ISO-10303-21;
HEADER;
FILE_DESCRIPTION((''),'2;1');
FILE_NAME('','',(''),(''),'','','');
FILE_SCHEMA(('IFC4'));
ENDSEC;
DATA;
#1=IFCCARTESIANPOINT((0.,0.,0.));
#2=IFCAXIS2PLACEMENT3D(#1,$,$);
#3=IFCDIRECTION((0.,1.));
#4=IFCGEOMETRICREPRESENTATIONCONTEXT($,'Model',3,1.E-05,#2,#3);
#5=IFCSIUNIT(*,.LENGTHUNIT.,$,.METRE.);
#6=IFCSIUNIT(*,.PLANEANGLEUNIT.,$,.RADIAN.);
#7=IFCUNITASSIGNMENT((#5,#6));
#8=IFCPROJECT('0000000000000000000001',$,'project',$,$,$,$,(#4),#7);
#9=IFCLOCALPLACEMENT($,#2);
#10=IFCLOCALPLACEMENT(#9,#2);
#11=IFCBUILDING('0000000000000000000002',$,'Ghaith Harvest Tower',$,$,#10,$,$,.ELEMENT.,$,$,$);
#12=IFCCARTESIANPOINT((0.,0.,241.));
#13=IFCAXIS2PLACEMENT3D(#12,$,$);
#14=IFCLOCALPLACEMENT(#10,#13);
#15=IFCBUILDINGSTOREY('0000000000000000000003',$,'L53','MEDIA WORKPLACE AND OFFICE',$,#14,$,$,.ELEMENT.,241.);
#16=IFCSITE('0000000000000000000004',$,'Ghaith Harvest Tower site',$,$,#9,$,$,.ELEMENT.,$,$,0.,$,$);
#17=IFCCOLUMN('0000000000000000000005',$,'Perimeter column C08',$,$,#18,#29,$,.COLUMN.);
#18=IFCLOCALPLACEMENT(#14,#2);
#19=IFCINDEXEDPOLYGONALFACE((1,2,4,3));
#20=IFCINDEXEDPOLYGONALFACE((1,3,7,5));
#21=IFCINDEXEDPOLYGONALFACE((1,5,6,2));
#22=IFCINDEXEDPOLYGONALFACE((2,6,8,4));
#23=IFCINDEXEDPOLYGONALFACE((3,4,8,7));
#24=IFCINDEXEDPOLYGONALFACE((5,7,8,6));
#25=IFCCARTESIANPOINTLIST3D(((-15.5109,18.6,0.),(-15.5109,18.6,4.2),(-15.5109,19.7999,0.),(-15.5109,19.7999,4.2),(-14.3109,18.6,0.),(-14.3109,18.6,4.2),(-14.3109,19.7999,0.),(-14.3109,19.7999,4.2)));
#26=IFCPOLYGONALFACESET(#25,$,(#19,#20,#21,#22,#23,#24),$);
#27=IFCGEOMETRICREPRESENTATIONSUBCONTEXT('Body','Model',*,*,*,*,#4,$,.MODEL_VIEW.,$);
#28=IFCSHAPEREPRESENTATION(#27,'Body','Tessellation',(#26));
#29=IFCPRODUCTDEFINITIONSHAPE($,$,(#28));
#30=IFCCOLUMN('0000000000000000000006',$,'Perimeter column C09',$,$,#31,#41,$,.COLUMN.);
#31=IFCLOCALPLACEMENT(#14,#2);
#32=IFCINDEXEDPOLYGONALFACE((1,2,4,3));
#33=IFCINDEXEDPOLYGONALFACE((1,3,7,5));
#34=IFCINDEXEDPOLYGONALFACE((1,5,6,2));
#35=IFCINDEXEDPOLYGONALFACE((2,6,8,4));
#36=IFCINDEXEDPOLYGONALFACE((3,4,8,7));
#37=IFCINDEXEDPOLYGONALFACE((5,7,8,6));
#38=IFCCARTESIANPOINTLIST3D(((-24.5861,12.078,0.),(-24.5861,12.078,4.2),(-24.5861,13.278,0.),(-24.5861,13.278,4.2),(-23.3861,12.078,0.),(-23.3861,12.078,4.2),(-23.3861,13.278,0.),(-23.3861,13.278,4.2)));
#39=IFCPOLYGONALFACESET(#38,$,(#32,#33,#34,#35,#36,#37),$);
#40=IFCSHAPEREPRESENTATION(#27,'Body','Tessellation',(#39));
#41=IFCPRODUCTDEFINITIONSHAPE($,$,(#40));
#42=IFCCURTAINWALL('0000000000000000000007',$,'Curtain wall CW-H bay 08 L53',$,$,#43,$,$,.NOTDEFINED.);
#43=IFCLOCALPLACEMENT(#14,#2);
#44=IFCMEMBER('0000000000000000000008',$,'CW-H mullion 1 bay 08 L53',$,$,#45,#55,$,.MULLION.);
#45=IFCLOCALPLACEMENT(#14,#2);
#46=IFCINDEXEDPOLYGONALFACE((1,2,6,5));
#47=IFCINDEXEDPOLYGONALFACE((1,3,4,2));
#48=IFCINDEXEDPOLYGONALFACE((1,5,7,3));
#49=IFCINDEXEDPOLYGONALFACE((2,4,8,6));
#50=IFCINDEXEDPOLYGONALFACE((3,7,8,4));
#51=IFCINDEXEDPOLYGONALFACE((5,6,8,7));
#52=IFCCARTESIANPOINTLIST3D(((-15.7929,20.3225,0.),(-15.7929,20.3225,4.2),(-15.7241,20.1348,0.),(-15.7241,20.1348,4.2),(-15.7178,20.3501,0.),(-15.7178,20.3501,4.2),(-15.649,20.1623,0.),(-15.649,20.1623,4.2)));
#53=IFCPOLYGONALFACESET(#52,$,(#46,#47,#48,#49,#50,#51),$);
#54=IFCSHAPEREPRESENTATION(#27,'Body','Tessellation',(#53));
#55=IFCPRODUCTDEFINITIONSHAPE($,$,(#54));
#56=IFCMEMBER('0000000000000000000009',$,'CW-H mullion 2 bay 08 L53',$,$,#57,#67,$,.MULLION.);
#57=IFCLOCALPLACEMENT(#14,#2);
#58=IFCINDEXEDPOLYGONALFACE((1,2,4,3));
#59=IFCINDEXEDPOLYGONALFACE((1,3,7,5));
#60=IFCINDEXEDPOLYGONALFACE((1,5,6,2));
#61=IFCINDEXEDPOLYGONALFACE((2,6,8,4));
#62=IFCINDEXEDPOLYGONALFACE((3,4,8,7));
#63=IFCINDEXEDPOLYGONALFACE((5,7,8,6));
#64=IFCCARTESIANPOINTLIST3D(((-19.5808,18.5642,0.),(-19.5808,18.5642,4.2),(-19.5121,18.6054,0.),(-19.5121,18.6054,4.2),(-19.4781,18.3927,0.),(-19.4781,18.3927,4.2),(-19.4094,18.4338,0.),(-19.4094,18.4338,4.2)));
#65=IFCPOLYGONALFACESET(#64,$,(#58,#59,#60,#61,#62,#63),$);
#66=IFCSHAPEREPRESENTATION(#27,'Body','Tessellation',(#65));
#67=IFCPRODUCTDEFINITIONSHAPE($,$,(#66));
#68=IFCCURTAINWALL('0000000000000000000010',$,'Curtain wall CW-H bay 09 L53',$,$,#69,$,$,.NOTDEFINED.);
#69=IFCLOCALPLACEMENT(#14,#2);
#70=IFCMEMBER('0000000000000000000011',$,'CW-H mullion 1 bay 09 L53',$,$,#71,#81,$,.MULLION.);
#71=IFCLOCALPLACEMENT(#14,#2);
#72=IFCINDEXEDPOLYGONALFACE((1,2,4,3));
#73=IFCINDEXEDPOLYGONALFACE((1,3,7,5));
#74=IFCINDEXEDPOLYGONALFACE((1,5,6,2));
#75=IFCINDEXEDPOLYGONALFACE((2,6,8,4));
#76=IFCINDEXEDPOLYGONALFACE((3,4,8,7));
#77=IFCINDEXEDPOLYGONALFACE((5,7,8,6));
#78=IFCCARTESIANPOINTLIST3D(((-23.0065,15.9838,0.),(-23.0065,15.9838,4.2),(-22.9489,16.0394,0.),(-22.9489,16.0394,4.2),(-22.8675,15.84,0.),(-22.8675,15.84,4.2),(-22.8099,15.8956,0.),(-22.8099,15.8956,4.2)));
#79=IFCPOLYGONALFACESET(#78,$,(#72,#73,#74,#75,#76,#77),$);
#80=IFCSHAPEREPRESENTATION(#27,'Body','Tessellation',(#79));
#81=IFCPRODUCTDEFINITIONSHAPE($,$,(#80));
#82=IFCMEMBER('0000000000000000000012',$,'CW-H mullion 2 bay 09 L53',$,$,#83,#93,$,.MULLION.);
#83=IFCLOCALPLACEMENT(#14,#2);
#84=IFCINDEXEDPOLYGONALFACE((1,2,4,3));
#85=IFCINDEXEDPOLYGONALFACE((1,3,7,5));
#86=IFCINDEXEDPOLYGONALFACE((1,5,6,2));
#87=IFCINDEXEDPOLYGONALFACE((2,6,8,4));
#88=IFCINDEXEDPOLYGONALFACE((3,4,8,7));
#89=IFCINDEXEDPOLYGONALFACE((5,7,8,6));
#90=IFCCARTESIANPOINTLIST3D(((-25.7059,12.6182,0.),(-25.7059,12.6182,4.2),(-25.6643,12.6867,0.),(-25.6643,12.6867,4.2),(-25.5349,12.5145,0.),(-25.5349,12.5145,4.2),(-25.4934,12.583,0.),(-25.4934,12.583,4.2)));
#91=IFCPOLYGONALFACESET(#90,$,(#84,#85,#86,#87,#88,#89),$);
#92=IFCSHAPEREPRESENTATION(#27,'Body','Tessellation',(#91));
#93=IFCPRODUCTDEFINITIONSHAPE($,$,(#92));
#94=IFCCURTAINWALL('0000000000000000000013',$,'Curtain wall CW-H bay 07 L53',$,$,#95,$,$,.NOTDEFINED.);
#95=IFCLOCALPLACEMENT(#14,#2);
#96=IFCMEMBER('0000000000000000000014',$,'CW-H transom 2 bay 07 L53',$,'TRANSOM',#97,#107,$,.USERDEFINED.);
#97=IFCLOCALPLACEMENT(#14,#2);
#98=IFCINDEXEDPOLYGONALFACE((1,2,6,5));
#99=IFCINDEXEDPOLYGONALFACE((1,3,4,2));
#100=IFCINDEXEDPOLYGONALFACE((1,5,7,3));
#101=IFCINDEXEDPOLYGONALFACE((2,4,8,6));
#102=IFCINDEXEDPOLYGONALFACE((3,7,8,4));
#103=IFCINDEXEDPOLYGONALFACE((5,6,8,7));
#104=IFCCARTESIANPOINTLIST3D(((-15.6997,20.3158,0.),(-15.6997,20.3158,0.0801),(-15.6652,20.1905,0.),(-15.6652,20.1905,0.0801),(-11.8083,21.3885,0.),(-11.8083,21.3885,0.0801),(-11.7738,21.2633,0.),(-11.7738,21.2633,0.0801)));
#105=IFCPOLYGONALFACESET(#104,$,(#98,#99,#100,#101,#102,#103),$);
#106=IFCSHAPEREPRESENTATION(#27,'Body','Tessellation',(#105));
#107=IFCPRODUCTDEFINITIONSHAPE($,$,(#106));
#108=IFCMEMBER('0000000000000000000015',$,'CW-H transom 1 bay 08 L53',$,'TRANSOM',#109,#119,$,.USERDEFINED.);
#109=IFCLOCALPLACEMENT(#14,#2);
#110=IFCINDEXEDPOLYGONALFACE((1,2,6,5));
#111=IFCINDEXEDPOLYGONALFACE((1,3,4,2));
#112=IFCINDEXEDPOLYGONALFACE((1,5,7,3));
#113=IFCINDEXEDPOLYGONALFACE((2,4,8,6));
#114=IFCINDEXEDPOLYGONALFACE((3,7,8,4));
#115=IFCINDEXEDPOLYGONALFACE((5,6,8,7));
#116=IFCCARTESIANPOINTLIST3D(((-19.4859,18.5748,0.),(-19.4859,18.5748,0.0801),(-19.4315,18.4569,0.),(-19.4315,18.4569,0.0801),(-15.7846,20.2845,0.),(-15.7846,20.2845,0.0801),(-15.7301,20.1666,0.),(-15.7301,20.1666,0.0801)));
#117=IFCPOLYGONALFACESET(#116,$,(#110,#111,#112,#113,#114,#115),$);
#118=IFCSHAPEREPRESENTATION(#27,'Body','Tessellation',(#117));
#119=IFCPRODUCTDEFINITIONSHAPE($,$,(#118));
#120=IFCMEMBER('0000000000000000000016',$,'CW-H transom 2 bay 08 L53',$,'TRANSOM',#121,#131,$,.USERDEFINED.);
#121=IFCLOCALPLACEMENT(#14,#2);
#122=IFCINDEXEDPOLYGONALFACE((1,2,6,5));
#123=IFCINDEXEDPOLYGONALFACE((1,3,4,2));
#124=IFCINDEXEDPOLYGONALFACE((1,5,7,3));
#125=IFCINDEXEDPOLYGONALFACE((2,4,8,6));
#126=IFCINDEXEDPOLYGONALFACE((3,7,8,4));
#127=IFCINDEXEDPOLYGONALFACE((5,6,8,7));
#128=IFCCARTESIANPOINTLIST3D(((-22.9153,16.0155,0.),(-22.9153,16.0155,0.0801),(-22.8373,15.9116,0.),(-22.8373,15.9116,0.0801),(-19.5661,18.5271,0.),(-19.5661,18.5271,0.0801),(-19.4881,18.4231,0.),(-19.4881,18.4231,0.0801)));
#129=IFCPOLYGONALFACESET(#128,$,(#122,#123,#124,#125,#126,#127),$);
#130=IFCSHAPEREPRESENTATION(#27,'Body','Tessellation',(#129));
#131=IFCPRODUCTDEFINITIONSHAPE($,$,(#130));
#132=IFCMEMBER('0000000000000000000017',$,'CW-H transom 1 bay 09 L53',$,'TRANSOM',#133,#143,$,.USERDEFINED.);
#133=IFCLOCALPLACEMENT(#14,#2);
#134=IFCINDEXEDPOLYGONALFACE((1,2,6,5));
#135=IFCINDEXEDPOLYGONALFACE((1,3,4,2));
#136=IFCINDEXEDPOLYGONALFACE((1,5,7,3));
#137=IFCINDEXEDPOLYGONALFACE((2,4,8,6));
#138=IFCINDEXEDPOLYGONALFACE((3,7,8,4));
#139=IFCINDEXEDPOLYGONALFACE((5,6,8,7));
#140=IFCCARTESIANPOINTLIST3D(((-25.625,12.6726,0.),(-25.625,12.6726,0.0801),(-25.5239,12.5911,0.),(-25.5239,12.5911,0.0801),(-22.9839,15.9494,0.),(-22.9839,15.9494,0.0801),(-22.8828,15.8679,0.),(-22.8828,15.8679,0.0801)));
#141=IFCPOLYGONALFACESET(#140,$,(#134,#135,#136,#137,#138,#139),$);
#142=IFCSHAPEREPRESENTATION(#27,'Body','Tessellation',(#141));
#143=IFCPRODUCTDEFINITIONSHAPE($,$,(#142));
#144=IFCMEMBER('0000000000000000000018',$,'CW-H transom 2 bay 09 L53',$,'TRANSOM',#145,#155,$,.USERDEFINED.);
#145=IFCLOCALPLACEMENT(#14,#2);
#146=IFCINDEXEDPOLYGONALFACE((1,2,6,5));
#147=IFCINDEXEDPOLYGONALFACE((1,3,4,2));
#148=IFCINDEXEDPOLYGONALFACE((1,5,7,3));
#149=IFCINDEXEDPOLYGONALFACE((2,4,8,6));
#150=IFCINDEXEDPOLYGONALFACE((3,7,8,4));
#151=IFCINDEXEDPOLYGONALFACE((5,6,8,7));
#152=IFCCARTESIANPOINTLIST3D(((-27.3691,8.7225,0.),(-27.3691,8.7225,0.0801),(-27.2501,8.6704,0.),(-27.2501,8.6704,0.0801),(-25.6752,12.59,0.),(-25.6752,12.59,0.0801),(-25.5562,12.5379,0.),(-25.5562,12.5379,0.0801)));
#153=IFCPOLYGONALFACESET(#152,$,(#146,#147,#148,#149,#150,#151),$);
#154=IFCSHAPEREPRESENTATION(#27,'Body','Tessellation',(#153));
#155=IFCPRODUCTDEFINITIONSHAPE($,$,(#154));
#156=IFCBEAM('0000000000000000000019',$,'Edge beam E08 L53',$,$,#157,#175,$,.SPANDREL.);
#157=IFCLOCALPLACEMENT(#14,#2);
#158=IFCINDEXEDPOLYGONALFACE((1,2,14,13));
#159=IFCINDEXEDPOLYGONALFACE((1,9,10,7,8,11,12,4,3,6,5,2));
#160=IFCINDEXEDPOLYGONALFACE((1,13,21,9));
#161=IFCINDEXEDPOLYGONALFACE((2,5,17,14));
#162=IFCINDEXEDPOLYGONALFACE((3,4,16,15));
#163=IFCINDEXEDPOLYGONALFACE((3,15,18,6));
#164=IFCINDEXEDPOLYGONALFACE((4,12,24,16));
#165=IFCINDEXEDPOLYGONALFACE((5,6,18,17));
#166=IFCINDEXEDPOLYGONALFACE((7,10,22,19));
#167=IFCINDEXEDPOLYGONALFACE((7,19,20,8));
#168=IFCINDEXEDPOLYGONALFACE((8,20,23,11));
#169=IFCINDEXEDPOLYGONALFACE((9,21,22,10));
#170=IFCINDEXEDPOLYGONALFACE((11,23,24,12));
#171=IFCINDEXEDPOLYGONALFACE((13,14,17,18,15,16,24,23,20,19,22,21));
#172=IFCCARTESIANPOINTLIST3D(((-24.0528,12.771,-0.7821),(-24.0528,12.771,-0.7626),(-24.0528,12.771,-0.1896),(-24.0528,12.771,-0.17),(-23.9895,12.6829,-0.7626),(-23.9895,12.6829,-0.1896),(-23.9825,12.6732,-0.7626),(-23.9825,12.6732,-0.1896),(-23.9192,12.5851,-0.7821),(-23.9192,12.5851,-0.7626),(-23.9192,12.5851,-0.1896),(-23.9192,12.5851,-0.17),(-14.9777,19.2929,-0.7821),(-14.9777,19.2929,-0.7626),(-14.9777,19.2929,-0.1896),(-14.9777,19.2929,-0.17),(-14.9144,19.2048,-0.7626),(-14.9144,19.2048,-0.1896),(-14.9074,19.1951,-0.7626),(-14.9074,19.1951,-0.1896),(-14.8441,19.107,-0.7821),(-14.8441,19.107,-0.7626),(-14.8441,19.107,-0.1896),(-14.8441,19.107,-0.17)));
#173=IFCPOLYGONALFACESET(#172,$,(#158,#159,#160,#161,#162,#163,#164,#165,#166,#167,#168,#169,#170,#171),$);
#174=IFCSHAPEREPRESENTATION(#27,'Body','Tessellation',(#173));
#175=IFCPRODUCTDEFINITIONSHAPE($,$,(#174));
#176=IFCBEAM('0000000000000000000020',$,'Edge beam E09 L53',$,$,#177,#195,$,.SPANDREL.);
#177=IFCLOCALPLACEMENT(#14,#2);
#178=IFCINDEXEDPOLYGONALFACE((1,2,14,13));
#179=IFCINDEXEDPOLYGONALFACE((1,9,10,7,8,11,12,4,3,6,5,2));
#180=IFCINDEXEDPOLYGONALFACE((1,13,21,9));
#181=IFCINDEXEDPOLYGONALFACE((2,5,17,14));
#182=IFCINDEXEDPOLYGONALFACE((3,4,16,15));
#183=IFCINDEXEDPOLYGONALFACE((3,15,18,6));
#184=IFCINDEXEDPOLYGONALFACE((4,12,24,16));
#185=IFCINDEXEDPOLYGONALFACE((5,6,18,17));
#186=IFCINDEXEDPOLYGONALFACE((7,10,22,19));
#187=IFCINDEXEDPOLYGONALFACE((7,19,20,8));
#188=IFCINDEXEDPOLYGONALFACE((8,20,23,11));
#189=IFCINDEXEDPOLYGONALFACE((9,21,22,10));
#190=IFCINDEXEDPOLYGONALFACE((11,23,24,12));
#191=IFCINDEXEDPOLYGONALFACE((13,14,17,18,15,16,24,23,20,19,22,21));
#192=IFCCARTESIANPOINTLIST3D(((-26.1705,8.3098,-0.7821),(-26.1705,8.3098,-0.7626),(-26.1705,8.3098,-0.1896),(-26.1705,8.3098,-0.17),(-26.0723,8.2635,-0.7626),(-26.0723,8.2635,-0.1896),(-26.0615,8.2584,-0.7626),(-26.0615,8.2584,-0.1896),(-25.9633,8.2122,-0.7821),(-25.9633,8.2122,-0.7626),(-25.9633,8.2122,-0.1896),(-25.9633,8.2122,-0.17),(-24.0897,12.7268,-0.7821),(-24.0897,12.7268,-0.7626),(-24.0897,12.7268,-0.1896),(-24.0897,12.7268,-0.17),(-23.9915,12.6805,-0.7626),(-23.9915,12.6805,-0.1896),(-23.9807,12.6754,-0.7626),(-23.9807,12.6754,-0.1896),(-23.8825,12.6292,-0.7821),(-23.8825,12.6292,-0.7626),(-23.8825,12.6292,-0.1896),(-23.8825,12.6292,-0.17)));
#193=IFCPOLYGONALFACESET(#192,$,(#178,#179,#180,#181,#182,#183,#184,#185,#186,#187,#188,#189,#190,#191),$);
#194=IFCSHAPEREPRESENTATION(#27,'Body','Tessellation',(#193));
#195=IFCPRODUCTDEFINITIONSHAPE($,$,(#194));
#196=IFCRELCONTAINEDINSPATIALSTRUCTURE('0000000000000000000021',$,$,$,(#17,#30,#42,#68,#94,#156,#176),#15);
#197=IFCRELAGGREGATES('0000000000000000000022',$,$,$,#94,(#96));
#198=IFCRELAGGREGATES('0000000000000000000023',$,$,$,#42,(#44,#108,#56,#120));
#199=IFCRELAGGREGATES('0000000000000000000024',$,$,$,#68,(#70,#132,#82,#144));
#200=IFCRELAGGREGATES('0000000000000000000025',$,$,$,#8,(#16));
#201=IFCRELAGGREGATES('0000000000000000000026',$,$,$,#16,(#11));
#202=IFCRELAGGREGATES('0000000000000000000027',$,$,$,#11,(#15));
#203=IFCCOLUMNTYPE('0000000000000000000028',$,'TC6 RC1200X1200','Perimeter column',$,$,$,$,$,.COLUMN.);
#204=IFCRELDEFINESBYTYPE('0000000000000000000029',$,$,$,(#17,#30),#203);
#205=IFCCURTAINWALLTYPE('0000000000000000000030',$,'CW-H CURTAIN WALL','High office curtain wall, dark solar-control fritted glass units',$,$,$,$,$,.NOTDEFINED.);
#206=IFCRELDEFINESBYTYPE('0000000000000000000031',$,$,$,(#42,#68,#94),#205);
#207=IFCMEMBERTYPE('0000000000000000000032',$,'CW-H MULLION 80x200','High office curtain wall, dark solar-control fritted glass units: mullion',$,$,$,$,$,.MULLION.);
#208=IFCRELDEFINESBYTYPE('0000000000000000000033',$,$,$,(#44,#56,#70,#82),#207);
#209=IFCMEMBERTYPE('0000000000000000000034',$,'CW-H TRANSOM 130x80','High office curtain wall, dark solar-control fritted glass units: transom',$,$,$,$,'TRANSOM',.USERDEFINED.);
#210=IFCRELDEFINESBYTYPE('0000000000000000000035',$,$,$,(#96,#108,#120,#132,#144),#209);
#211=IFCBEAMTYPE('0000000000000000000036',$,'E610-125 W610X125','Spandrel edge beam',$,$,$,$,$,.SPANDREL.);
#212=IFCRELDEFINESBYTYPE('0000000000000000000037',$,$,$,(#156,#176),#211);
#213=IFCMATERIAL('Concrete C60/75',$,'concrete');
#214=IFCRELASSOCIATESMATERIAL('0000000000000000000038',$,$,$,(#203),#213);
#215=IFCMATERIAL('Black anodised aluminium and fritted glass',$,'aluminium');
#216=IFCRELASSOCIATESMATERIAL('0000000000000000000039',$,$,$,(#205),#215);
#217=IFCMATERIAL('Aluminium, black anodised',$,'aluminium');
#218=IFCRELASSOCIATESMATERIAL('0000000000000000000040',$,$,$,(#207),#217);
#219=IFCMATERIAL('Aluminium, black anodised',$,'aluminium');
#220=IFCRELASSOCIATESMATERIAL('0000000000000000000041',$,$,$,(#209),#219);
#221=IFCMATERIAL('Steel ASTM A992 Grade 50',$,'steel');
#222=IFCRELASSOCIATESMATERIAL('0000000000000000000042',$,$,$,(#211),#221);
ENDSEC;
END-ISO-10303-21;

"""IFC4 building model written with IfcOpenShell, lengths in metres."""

from ifc_helpers import new_model, si_unit, direction, frame, origin, origin_2d, place, context, subcontext, project, spatial, rectangle, i_section, extrude, material, material_profile, profile_set, type_object, element, aggregate, save


model = new_model("IFC4")

# Units and contexts
model_context = context("Model", 3, precision=1e-05, world=origin(), true_north=direction((0.0, 1.0)))
body_context = subcontext(model_context, "Body", "Model", "MODEL_VIEW")
ifc_project = project(units=[si_unit("LENGTHUNIT", "METRE"), si_unit("PLANEANGLEUNIT", "RADIAN")], contexts=[model_context])

# Site, building, storey
site_placement = place(None, origin())
site = spatial("IfcSite", under=ifc_project, at=site_placement, Name="Ghaith Harvest Tower site", CompositionType="ELEMENT", RefElevation=0.0)
building_placement = place(site_placement, origin())
building = spatial("IfcBuilding", under=site, at=building_placement, Name="Ghaith Harvest Tower", CompositionType="ELEMENT")
storey_placement = place(building_placement, frame((0.0, 0.0, 241.0)))
storey = spatial("IfcBuildingStorey", under=building, at=storey_placement, Name="L53", Description="MEDIA WORKPLACE AND OFFICE", CompositionType="ELEMENT", Elevation=241.0)

# Columns
ifc_material_1 = material(Name="Concrete C60/75", Category="concrete")
ifc_material_profile_1 = material_profile(ifc_material_1, rectangle(XDim=1.2, YDim=1.2, at=origin_2d()), Name="RC1200X1200")
ifc_profile_set_1 = profile_set([ifc_material_profile_1], Name="Concrete C60/75")
column_type = type_object("IfcColumnType", Name="TC6 RC1200X1200", Description="Perimeter column", PredefinedType="COLUMN", material=ifc_profile_set_1)
for number, where, z_axis, x_axis, name in (
    (1, (-14.9109, 19.2, 0.0), (0.0, 0.0, 1.0), (1.0, 0.0, 0.0), "Perimeter column C08"),
    (2, (-23.9861, 12.678, 0.0), (0.0, 0.0, 1.0), (1.0, 0.0, 0.0), "Perimeter column C09"),
):
    element("IfcColumn", number, at=place(storey_placement, frame(where, z_axis=z_axis, x_axis=x_axis)), inside=storey, type_object=column_type, Name=name, PredefinedType="COLUMN", context=body_context, shape_type="SweptSolid", body=[
        extrude(rectangle(XDim=1.2, YDim=1.2, at=origin_2d()), origin(), (0.0, 0.0, 1.0), 4.2),
    ])

# Curtain walls, members
ifc_material_2 = material(Name="Black anodised aluminium and fritted glass", Category="aluminium")
curtain_wall_type = type_object("IfcCurtainWallType", Name="CW-H CURTAIN WALL", Description="High office curtain wall, dark solar-control fritted glass units", PredefinedType="NOTDEFINED", material=ifc_material_2)
curtain_wall_1_placement = place(storey_placement, origin())
curtain_wall_1 = element("IfcCurtainWall", 3, at=curtain_wall_1_placement, inside=storey, type_object=curtain_wall_type, Name="Curtain wall CW-H bay 08 L53", PredefinedType="NOTDEFINED")
ifc_material_3 = material(Name="Aluminium, black anodised", Category="aluminium")
ifc_material_profile_2 = material_profile(ifc_material_3, rectangle(XDim=0.0801, YDim=0.2, at=origin_2d()), Name="CW-H MULLION 80x200")
ifc_profile_set_2 = profile_set([ifc_material_profile_2], Name="Aluminium, black anodised")
member_type_1 = type_object("IfcMemberType", Name="CW-H MULLION 80x200", Description="High office curtain wall, dark solar-control fritted glass units: mullion", PredefinedType="MULLION", material=ifc_profile_set_2)
member_1_placement = place(storey_placement, frame((-15.7209, 20.2424, 0.0), z_axis=(0.0, 0.0, 1.0), x_axis=(-0.938931, -0.344106, 0.0)))
member_1 = element("IfcMember", 4, at=member_1_placement, type_object=member_type_1, Name="CW-H mullion 1 bay 08 L53", PredefinedType="MULLION", context=body_context, shape_type="SweptSolid", body=[
    extrude(rectangle(XDim=0.0801, YDim=0.2, at=origin_2d()), origin(), (0.0, 0.0, 1.0), 4.2),
])
member_2_placement = place(storey_placement, frame((-19.4951, 18.499, 0.0), z_axis=(0.0, 0.0, 1.0), x_axis=(-0.857999, -0.513652, 0.0)))
member_2 = element("IfcMember", 5, at=member_2_placement, type_object=member_type_1, Name="CW-H mullion 2 bay 08 L53", PredefinedType="MULLION", context=body_context, shape_type="SweptSolid", body=[
    extrude(rectangle(XDim=0.0801, YDim=0.2, at=origin_2d()), origin(), (0.0, 0.0, 1.0), 4.2),
])
curtain_wall_2_placement = place(storey_placement, origin())
curtain_wall_2 = element("IfcCurtainWall", 6, at=curtain_wall_2_placement, inside=storey, type_object=curtain_wall_type, Name="Curtain wall CW-H bay 09 L53", PredefinedType="NOTDEFINED")
member_3_placement = place(storey_placement, frame((-22.9082, 15.9397, 0.0), z_axis=(0.0, 0.0, 1.0), x_axis=(-0.719146, -0.694859, 0.0)))
member_3 = element("IfcMember", 7, at=member_3_placement, type_object=member_type_1, Name="CW-H mullion 1 bay 09 L53", PredefinedType="MULLION", context=body_context, shape_type="SweptSolid", body=[
    extrude(rectangle(XDim=0.0801, YDim=0.2, at=origin_2d()), origin(), (0.0, 0.0, 1.0), 4.2),
])
member_4_placement = place(storey_placement, frame((-25.5996, 12.6006, 0.0), z_axis=(0.0, 0.0, 1.0), x_axis=(-0.518769, -0.854914, 0.0)))
member_4 = element("IfcMember", 8, at=member_4_placement, type_object=member_type_1, Name="CW-H mullion 2 bay 09 L53", PredefinedType="MULLION", context=body_context, shape_type="SweptSolid", body=[
    extrude(rectangle(XDim=0.0801, YDim=0.2, at=origin_2d()), origin(), (0.0, 0.0, 1.0), 4.2),
])

# Curtain wall, member
curtain_wall_3_placement = place(storey_placement, origin())
curtain_wall_3 = element("IfcCurtainWall", 9, at=curtain_wall_3_placement, inside=storey, type_object=curtain_wall_type, Name="Curtain wall CW-H bay 07 L53", PredefinedType="NOTDEFINED")
ifc_material_4 = material(Name="Aluminium, black anodised", Category="aluminium")
ifc_material_profile_3 = material_profile(ifc_material_4, rectangle(XDim=0.1299, YDim=0.0801, at=origin_2d()), Name="CW-H TRANSOM 130x80")
ifc_profile_set_3 = profile_set([ifc_material_profile_3], Name="Aluminium, black anodised")
member_type_2 = type_object("IfcMemberType", Name="CW-H TRANSOM 130x80", Description="High office curtain wall, dark solar-control fritted glass units: transom", ElementType="TRANSOM", PredefinedType="USERDEFINED", material=ifc_profile_set_3)
member_5_placement = place(storey_placement, frame((-11.791, 21.3259, 0.04), z_axis=(-0.964039, -0.265762, 0.0), x_axis=(0.265762, -0.964039, 0.0)))
member_5 = element("IfcMember", 10, at=member_5_placement, type_object=member_type_2, Name="CW-H transom 2 bay 07 L53", ObjectType="TRANSOM", PredefinedType="USERDEFINED", context=body_context, shape_type="SweptSolid", body=[
    extrude(rectangle(XDim=0.1299, YDim=0.0801, at=origin_2d()), origin(), (0.0, 0.0, 1.0), 4.0366),
])

# Members
member_6_placement = place(storey_placement, frame((-15.7573, 20.2256, 0.04), z_axis=(-0.907831, -0.419335, 0.0), x_axis=(0.419335, -0.907831, 0.0)))
member_6 = element("IfcMember", 11, at=member_6_placement, type_object=member_type_2, Name="CW-H transom 1 bay 08 L53", ObjectType="TRANSOM", PredefinedType="USERDEFINED", context=body_context, shape_type="SweptSolid", body=[
    extrude(rectangle(XDim=0.1299, YDim=0.0801, at=origin_2d()), origin(), (0.0, 0.0, 1.0), 4.0771),
])
member_7_placement = place(storey_placement, frame((-19.5271, 18.4751, 0.04), z_axis=(-0.800042, -0.599944, 0.0), x_axis=(0.599944, -0.800042, 0.0)))
member_7 = element("IfcMember", 12, at=member_7_placement, type_object=member_type_2, Name="CW-H transom 2 bay 08 L53", ObjectType="TRANSOM", PredefinedType="USERDEFINED", context=body_context, shape_type="SweptSolid", body=[
    extrude(rectangle(XDim=0.1299, YDim=0.0801, at=origin_2d()), origin(), (0.0, 0.0, 1.0), 4.1863),
])
member_8_placement = place(storey_placement, frame((-22.9333, 15.9087, 0.04), z_axis=(-0.627535, -0.778589, 0.0), x_axis=(0.778589, -0.627535, 0.0)))
member_8 = element("IfcMember", 13, at=member_8_placement, type_object=member_type_2, Name="CW-H transom 1 bay 09 L53", ObjectType="TRANSOM", PredefinedType="USERDEFINED", context=body_context, shape_type="SweptSolid", body=[
    extrude(rectangle(XDim=0.1299, YDim=0.0801, at=origin_2d()), origin(), (0.0, 0.0, 1.0), 4.2087),
])
member_9_placement = place(storey_placement, frame((-25.6157, 12.564, 0.04), z_axis=(-0.401186, -0.915997, 0.0), x_axis=(0.915997, -0.401186, 0.0)))
member_9 = element("IfcMember", 14, at=member_9_placement, type_object=member_type_2, Name="CW-H transom 2 bay 09 L53", ObjectType="TRANSOM", PredefinedType="USERDEFINED", context=body_context, shape_type="SweptSolid", body=[
    extrude(rectangle(XDim=0.1299, YDim=0.0801, at=origin_2d()), origin(), (0.0, 0.0, 1.0), 4.2222),
])

# Beams
ifc_material_5 = material(Name="Steel ASTM A992 Grade 50", Category="steel")
ifc_material_profile_4 = material_profile(ifc_material_5, i_section(OverallWidth=0.229, OverallDepth=0.6121, WebThickness=0.012, FlangeThickness=0.0195, at=origin_2d()), Name="W610X125")
ifc_profile_set_4 = profile_set([ifc_material_profile_4], Name="Steel ASTM A992 Grade 50")
beam_type = type_object("IfcBeamType", Name="E610-125 W610X125", Description="Spandrel edge beam", PredefinedType="SPANDREL", material=ifc_profile_set_4)
beam_1_placement = place(storey_placement, frame((-14.9109, 19.2, -0.4761), z_axis=(-0.81205, -0.583587, 0.0), x_axis=(0.583587, -0.81205, 0.0)))
element("IfcBeam", 15, at=beam_1_placement, inside=storey, type_object=beam_type, Name="Edge beam E08 L53", PredefinedType="SPANDREL", context=body_context, shape_type="SweptSolid", body=[
    extrude(i_section(OverallWidth=0.229, OverallDepth=0.6121, WebThickness=0.012, FlangeThickness=0.0195, at=origin_2d()), origin(), (0.0, 0.0, 1.0), 11.1755),
])
beam_2_placement = place(storey_placement, frame((-23.9861, 12.678, -0.4761), z_axis=(-0.42617, -0.904643, 0.0), x_axis=(0.904643, -0.42617, 0.0)))
element("IfcBeam", 16, at=beam_2_placement, inside=storey, type_object=beam_type, Name="Edge beam E09 L53", PredefinedType="SPANDREL", context=body_context, shape_type="SweptSolid", body=[
    extrude(i_section(OverallWidth=0.229, OverallDepth=0.6121, WebThickness=0.012, FlangeThickness=0.0195, at=origin_2d()), origin(), (0.0, 0.0, 1.0), 4.8826),
])

aggregate(curtain_wall_3, [member_5])
aggregate(curtain_wall_1, [member_1, member_6, member_2, member_7])
aggregate(curtain_wall_2, [member_3, member_8, member_4, member_9])

save(model, "model.ifc")
